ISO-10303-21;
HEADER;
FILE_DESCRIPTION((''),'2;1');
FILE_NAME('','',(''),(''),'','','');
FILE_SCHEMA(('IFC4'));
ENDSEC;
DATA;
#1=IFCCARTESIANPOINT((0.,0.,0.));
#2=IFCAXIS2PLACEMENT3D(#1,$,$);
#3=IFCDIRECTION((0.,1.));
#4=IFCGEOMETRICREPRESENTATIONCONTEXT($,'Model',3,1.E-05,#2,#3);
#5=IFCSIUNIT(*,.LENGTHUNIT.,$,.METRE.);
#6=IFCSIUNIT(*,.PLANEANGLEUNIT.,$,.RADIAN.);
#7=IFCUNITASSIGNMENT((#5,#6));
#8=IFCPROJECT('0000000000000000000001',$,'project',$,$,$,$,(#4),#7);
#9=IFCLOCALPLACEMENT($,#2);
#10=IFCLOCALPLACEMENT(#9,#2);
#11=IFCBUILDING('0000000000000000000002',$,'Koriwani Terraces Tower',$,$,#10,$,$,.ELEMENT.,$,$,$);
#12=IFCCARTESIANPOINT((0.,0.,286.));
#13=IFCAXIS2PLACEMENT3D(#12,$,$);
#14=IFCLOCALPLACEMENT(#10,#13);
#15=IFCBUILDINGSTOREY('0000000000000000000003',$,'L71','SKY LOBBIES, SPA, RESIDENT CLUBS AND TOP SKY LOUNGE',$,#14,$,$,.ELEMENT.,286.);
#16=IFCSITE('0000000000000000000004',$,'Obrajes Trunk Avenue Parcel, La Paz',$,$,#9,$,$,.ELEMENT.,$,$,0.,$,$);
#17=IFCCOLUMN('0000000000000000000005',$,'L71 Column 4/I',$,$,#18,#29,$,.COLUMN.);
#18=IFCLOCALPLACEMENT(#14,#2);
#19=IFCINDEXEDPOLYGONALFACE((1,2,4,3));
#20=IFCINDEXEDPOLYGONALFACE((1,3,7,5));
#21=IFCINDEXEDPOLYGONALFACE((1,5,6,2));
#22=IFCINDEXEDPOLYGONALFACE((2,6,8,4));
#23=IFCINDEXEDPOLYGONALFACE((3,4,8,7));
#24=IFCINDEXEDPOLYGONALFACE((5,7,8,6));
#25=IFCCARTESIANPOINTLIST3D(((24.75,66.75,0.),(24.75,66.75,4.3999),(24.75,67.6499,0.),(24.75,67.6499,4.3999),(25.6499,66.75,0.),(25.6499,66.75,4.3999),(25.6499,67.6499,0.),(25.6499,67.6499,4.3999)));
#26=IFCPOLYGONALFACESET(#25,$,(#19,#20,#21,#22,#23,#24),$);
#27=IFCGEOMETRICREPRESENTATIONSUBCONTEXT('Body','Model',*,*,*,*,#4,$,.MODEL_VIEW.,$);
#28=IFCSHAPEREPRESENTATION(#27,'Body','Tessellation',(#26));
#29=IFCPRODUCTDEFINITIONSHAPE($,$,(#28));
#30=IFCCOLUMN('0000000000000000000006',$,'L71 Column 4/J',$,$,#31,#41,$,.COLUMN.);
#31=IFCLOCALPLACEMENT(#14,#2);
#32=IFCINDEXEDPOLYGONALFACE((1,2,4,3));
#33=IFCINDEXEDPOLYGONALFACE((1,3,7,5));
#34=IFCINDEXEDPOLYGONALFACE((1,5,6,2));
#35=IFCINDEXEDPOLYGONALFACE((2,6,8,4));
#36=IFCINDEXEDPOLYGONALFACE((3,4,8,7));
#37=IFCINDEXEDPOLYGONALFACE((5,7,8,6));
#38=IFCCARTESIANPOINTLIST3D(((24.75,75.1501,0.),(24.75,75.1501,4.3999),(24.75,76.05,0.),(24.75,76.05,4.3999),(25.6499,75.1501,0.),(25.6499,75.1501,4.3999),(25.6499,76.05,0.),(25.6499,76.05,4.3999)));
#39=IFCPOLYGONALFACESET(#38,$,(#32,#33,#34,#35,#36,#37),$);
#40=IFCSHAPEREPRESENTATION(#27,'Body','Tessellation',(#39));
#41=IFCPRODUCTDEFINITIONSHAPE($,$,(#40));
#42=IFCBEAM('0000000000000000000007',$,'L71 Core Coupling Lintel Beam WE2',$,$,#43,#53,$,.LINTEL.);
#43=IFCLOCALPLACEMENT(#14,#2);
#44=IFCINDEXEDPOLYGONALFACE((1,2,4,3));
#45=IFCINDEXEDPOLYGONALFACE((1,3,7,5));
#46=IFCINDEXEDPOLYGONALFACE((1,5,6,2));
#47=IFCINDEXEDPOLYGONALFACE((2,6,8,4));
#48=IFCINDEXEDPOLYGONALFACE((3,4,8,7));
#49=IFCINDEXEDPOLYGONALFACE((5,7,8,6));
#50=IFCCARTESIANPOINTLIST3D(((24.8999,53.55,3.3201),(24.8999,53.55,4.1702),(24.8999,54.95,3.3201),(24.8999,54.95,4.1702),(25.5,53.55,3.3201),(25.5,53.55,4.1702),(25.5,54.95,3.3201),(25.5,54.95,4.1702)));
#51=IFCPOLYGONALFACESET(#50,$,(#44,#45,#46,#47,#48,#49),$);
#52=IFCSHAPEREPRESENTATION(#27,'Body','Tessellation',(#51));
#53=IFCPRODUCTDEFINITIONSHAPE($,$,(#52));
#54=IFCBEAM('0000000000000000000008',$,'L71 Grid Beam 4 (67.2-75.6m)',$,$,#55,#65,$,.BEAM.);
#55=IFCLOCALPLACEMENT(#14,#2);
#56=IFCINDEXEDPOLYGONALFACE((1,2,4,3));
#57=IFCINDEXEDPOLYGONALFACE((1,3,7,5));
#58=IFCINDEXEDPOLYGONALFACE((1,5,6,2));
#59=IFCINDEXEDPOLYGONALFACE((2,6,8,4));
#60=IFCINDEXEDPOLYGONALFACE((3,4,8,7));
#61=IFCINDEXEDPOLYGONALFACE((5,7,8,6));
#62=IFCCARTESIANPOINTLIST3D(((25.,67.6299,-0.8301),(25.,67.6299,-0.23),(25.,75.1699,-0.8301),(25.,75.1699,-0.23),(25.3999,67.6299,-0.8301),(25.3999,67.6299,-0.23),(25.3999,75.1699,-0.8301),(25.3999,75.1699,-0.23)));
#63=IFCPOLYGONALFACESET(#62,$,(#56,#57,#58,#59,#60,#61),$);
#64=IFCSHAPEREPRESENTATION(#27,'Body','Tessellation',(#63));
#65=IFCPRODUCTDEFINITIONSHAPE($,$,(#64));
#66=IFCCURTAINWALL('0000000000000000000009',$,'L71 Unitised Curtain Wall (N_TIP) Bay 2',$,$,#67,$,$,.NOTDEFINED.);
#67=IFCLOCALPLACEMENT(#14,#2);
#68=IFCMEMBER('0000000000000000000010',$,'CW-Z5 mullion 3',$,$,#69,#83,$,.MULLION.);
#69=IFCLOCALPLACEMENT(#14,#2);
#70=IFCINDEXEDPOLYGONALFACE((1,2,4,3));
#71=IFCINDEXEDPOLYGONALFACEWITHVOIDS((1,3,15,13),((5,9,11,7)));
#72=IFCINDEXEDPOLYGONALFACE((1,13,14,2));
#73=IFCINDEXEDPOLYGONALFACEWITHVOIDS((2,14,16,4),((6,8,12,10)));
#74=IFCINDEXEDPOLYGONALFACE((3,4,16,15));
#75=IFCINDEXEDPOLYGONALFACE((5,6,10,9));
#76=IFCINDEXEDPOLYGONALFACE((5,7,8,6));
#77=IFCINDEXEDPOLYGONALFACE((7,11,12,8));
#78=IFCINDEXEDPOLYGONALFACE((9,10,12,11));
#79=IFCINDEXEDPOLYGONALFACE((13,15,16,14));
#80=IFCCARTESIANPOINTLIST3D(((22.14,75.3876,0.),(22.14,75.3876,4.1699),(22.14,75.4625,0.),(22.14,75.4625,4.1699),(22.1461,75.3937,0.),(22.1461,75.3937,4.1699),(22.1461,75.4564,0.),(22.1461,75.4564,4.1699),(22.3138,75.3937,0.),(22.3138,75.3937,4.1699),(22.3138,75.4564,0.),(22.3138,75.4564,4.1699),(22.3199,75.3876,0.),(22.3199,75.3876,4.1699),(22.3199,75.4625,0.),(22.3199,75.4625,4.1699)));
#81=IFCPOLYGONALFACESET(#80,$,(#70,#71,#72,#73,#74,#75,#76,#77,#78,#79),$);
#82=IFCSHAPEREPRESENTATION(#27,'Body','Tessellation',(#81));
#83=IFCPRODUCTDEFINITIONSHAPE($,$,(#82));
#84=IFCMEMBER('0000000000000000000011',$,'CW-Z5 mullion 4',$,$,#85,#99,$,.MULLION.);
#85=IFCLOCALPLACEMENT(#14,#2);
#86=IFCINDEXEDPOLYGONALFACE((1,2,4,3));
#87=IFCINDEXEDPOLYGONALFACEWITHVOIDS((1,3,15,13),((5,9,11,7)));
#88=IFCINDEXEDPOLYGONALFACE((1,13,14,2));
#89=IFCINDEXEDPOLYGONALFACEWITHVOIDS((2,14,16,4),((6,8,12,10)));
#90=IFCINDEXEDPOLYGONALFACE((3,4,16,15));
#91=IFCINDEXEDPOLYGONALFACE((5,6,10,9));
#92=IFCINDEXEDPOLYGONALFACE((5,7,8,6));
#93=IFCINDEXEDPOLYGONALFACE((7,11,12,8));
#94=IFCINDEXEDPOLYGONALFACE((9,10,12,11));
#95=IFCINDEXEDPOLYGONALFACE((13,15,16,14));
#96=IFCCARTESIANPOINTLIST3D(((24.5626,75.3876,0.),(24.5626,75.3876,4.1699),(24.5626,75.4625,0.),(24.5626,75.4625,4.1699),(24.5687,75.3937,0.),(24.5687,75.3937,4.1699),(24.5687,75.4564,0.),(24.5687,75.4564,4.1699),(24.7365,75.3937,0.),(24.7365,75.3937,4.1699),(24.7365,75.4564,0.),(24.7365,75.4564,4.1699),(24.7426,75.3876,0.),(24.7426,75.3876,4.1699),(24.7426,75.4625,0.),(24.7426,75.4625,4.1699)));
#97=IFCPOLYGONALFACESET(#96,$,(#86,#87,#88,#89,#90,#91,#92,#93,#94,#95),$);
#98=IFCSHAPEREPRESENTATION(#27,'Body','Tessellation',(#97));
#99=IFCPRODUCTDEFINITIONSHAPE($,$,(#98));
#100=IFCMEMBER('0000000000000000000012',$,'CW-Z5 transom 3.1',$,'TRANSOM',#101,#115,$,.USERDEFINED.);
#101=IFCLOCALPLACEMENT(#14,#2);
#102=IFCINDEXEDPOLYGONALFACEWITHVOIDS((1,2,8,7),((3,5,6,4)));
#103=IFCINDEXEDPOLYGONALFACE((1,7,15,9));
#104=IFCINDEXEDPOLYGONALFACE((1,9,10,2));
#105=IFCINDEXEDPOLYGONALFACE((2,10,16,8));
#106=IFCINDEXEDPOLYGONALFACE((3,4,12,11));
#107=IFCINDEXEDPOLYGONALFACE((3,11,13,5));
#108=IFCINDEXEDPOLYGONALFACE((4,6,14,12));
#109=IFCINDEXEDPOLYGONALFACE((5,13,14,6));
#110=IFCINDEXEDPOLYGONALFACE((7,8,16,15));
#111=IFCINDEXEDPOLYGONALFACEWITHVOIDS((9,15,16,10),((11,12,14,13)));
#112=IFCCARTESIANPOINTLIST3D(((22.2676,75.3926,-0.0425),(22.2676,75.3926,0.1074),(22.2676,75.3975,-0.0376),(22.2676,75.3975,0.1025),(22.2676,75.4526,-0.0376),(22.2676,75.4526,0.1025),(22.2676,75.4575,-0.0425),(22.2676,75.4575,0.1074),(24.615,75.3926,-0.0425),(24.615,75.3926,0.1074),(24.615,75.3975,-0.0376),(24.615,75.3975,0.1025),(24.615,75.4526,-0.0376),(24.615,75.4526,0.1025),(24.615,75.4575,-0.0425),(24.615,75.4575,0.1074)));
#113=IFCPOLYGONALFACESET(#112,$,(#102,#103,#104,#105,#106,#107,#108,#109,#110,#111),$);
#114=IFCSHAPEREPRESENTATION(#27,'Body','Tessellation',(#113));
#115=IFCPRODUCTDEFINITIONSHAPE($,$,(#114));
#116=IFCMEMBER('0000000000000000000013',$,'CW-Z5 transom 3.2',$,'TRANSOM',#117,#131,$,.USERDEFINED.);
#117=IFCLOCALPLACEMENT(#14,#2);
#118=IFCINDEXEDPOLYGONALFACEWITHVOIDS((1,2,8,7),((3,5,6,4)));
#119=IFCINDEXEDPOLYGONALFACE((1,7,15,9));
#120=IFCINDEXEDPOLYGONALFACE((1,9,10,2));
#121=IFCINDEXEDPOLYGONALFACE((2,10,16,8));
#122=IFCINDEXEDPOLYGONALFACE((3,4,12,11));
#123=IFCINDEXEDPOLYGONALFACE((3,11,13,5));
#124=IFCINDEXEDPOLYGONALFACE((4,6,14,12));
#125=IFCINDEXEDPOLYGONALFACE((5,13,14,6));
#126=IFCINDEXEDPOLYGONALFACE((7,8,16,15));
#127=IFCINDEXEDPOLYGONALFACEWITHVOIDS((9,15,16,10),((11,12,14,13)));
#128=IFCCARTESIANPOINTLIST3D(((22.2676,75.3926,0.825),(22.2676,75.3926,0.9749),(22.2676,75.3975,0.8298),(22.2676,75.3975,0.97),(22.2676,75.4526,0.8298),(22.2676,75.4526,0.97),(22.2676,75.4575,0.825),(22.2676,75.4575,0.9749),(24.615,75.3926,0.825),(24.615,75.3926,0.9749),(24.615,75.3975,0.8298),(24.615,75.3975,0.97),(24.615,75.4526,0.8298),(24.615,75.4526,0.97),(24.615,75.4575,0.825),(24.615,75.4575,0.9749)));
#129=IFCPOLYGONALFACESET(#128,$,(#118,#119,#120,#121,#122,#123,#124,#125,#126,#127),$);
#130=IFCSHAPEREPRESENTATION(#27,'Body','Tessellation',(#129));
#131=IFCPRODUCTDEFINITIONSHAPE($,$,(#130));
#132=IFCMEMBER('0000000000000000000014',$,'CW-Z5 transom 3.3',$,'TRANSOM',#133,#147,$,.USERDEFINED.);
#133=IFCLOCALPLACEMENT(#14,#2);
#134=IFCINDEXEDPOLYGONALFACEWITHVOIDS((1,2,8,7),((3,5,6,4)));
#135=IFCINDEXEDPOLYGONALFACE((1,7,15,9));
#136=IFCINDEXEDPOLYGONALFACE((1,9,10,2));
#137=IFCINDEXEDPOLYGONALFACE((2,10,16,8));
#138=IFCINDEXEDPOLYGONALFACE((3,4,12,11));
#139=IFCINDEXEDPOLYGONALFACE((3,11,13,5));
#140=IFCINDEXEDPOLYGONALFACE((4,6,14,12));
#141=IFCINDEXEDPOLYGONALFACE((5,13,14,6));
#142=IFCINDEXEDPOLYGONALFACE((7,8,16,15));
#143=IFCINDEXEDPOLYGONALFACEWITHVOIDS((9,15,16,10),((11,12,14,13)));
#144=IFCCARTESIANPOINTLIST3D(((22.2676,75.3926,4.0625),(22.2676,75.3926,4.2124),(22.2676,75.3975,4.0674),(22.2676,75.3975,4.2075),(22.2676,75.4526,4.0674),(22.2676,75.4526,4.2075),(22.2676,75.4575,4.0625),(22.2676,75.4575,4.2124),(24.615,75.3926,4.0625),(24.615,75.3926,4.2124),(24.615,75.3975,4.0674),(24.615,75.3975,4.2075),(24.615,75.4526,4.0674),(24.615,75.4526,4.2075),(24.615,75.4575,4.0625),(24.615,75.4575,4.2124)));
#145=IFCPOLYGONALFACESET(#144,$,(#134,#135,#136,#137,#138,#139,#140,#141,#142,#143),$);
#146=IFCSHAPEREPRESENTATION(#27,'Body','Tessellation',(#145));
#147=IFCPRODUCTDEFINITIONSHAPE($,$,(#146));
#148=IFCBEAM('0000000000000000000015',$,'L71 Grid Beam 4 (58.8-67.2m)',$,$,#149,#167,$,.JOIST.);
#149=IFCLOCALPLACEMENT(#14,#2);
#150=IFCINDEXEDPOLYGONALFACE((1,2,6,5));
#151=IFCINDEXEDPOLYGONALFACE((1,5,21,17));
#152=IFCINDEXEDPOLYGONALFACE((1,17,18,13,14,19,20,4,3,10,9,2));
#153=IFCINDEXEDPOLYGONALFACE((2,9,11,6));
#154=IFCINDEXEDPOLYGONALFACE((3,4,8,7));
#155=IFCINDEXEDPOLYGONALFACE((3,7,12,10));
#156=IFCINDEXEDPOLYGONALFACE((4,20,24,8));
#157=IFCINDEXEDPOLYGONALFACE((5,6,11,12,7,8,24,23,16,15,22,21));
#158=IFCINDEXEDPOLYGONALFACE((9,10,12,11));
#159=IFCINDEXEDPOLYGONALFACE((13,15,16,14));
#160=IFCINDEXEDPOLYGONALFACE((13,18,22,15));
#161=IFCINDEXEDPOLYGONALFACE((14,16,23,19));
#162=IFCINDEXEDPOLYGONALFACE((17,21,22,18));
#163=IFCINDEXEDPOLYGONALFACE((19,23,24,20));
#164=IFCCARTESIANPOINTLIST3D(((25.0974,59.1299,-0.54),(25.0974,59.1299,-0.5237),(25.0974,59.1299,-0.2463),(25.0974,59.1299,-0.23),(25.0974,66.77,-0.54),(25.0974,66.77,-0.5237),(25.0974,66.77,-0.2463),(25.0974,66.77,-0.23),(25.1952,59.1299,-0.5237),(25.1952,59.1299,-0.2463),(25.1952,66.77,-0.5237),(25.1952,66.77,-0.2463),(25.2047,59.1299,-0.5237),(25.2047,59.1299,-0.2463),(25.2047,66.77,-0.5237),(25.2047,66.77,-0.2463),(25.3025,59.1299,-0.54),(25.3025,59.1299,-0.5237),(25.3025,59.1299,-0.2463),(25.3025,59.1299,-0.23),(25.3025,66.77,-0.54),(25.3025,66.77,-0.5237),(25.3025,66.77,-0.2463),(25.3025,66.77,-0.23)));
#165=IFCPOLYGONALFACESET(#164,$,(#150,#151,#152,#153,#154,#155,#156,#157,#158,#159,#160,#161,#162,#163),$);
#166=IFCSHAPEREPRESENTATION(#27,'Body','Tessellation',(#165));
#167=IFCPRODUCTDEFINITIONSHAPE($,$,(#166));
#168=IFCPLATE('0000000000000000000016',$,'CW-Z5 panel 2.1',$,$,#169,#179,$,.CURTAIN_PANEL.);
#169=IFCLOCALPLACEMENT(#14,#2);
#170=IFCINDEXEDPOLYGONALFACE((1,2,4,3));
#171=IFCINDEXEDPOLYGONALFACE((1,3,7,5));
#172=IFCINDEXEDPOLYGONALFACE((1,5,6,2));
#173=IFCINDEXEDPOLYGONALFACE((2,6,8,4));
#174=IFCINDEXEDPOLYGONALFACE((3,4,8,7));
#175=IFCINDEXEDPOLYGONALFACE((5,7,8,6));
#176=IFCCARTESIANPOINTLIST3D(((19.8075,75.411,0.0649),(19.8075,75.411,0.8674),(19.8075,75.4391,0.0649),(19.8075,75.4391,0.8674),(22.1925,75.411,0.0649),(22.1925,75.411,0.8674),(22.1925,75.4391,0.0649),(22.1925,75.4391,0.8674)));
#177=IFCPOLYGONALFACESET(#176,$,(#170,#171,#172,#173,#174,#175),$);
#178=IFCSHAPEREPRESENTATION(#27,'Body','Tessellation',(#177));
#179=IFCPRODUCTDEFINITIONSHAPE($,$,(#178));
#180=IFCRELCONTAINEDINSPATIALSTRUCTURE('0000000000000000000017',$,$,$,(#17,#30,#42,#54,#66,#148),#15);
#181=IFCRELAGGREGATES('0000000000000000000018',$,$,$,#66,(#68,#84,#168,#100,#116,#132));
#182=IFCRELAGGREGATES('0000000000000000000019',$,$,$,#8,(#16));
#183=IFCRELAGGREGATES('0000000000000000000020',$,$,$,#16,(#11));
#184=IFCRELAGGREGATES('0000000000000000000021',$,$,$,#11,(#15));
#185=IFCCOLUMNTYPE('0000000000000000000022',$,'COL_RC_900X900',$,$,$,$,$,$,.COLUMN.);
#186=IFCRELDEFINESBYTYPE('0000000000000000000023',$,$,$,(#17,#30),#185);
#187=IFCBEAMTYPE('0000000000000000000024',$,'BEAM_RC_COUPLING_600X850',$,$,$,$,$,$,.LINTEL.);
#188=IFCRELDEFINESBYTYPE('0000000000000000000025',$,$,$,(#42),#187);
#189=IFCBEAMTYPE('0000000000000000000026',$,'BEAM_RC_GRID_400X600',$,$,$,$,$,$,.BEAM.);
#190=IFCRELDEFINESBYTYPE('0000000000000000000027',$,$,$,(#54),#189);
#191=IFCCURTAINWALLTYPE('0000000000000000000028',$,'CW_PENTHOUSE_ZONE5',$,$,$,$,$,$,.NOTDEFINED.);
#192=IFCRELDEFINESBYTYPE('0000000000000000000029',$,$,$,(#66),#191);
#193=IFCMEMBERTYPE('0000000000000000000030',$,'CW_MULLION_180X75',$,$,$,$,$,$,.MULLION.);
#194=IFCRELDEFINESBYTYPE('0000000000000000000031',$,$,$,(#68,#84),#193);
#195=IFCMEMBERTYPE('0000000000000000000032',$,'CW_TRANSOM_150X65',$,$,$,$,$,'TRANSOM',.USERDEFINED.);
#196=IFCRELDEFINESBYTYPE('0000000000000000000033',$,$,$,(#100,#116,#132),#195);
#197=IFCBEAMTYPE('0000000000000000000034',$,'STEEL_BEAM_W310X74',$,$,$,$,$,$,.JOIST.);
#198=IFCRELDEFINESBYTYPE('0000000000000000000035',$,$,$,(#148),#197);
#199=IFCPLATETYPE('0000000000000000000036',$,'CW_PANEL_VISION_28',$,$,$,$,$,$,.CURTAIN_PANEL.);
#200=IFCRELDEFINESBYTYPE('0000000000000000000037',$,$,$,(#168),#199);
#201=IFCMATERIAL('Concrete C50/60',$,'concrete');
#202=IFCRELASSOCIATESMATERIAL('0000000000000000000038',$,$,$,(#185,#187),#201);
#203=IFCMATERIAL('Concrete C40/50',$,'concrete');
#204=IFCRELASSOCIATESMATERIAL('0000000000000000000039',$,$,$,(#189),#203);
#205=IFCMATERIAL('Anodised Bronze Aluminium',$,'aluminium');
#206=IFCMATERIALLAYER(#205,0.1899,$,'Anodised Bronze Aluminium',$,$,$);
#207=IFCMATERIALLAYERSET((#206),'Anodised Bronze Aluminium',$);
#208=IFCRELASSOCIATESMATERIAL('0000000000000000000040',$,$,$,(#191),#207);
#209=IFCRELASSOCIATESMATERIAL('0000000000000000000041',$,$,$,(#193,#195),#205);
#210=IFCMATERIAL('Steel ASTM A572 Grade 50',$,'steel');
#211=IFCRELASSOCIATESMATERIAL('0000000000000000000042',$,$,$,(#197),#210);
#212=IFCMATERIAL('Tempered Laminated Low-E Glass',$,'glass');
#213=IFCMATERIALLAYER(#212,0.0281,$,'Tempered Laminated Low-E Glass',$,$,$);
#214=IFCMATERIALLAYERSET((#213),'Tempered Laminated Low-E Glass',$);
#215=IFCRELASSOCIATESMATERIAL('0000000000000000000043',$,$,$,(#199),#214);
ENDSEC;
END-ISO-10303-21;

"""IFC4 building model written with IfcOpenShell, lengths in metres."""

from ifc_helpers import new_model, si_unit, direction, frame, origin, origin_2d, place, context, subcontext, project, spatial, rectangle, hollow_rectangle, i_section, extrude, material, layer, layer_set, material_profile, profile_set, type_object, element, aggregate, save


model = new_model("IFC4")

# Units and contexts
model_context = context("Model", 3, precision=1e-05, world=origin(), true_north=direction((0.0, 1.0)))
body_context = subcontext(model_context, "Body", "Model", "MODEL_VIEW")
ifc_project = project(units=[si_unit("LENGTHUNIT", "METRE"), si_unit("PLANEANGLEUNIT", "RADIAN")], contexts=[model_context])

# Site, building, storey
site_placement = place(None, origin())
site = spatial("IfcSite", under=ifc_project, at=site_placement, Name="Obrajes Trunk Avenue Parcel, La Paz", CompositionType="ELEMENT", RefElevation=0.0)
building_placement = place(site_placement, origin())
building = spatial("IfcBuilding", under=site, at=building_placement, Name="Koriwani Terraces Tower", CompositionType="ELEMENT")
storey_placement = place(building_placement, frame((0.0, 0.0, 286.0)))
storey = spatial("IfcBuildingStorey", under=building, at=storey_placement, Name="L71", Description="SKY LOBBIES, SPA, RESIDENT CLUBS AND TOP SKY LOUNGE", CompositionType="ELEMENT", Elevation=286.0)

# Columns
ifc_material_1 = material(Name="Concrete C50/60", Category="concrete")
ifc_material_profile_1 = material_profile(ifc_material_1, rectangle(XDim=0.8999, YDim=0.8999, at=origin_2d()), Name="Concrete C50/60", Category="LoadBearing")
ifc_profile_set_1 = profile_set([ifc_material_profile_1], Name="Concrete C50/60")
column_type = type_object("IfcColumnType", Name="COL_RC_900X900", PredefinedType="COLUMN", material=ifc_profile_set_1)
for number, where, z_axis, x_axis, name in (
    (1, (25.2, 67.2, 0.0), (0.0, 0.0, 1.0), (1.0, 0.0, 0.0), "L71 Column 4/I"),
    (2, (25.2, 75.6001, 0.0), (0.0, 0.0, 1.0), (1.0, 0.0, 0.0), "L71 Column 4/J"),
):
    element("IfcColumn", number, at=place(storey_placement, frame(where, z_axis=z_axis, x_axis=x_axis)), inside=storey, type_object=column_type, Name=name, PredefinedType="COLUMN", context=body_context, shape_type="SweptSolid", body=[
        extrude(rectangle(XDim=0.8999, YDim=0.8999, at=origin_2d()), origin(), (0.0, 0.0, 1.0), 4.3999),
    ])

# Beams
ifc_material_profile_2 = material_profile(ifc_material_1, rectangle(XDim=0.6001, YDim=0.8501, at=origin_2d()), Name="Concrete C50/60", Category="LoadBearing")
ifc_profile_set_2 = profile_set([ifc_material_profile_2], Name="Concrete C50/60")
beam_type_1 = type_object("IfcBeamType", Name="BEAM_RC_COUPLING_600X850", PredefinedType="LINTEL", material=ifc_profile_set_2)
beam_1_placement = place(storey_placement, frame((25.2, 53.55, 3.7451), z_axis=(0.0, 1.0, 0.0), x_axis=(-1.0, 0.0, 0.0)))
element("IfcBeam", 3, at=beam_1_placement, inside=storey, type_object=beam_type_1, Name="L71 Core Coupling Lintel Beam WE2", PredefinedType="LINTEL", context=body_context, shape_type="SweptSolid", body=[
    extrude(rectangle(XDim=0.6001, YDim=0.8501, at=origin_2d()), origin(), (0.0, 0.0, 1.0), 1.3999),
])
ifc_material_2 = material(Name="Concrete C40/50", Category="concrete")
ifc_material_profile_3 = material_profile(ifc_material_2, rectangle(XDim=0.3999, YDim=0.6001, at=origin_2d()), Name="Concrete C40/50", Category="LoadBearing")
ifc_profile_set_3 = profile_set([ifc_material_profile_3], Name="Concrete C40/50")
beam_type_2 = type_object("IfcBeamType", Name="BEAM_RC_GRID_400X600", PredefinedType="BEAM", material=ifc_profile_set_3)
beam_2_placement = place(storey_placement, frame((25.2, 67.6299, -0.53), z_axis=(0.0, 1.0, 0.0), x_axis=(-1.0, 0.0, 0.0)))
element("IfcBeam", 4, at=beam_2_placement, inside=storey, type_object=beam_type_2, Name="L71 Grid Beam 4 (67.2-75.6m)", PredefinedType="BEAM", context=body_context, shape_type="SweptSolid", body=[
    extrude(rectangle(XDim=0.3999, YDim=0.6001, at=origin_2d()), origin(), (0.0, 0.0, 1.0), 7.54),
])

# Curtain wall, members
ifc_material_3 = material(Name="Anodised Bronze Aluminium", Category="aluminium")
ifc_layer_1 = layer(ifc_material_3, 0.1899, Name="Anodised Bronze Aluminium")
ifc_layer_set_1 = layer_set([ifc_layer_1], Name="Anodised Bronze Aluminium")
curtain_wall_type = type_object("IfcCurtainWallType", Name="CW_PENTHOUSE_ZONE5", PredefinedType="NOTDEFINED", material=ifc_layer_set_1)
curtain_wall_placement = place(storey_placement, origin())
curtain_wall = element("IfcCurtainWall", 5, at=curtain_wall_placement, inside=storey, type_object=curtain_wall_type, Name="L71 Unitised Curtain Wall (N_TIP) Bay 2", PredefinedType="NOTDEFINED")
ifc_material_profile_4 = material_profile(ifc_material_3, hollow_rectangle(XDim=0.075, YDim=0.1799, WallThickness=0.0061, at=origin_2d()), Name="Anodised Bronze Aluminium", Category="LoadBearing")
ifc_profile_set_4 = profile_set([ifc_material_profile_4], Name="Anodised Bronze Aluminium")
member_type_1 = type_object("IfcMemberType", Name="CW_MULLION_180X75", PredefinedType="MULLION", material=ifc_profile_set_4)
member_1_placement = place(storey_placement, frame((22.23, 75.425, 0.0), z_axis=(0.0, 0.0, 1.0), x_axis=(0.0, 1.0, 0.0)))
member_1 = element("IfcMember", 6, at=member_1_placement, type_object=member_type_1, Name="CW-Z5 mullion 3", PredefinedType="MULLION", context=body_context, shape_type="SweptSolid", body=[
    extrude(hollow_rectangle(XDim=0.075, YDim=0.1799, WallThickness=0.0061, at=origin_2d()), origin(), (0.0, 0.0, 1.0), 4.1699),
])
member_2_placement = place(storey_placement, frame((24.6526, 75.425, 0.0), z_axis=(0.0, 0.0, 1.0), x_axis=(0.0, 1.0, 0.0)))
member_2 = element("IfcMember", 7, at=member_2_placement, type_object=member_type_1, Name="CW-Z5 mullion 4", PredefinedType="MULLION", context=body_context, shape_type="SweptSolid", body=[
    extrude(hollow_rectangle(XDim=0.075, YDim=0.1799, WallThickness=0.0061, at=origin_2d()), origin(), (0.0, 0.0, 1.0), 4.1699),
])
ifc_material_profile_5 = material_profile(ifc_material_3, hollow_rectangle(XDim=0.0649, YDim=0.1499, WallThickness=0.0049, at=origin_2d()), Name="Anodised Bronze Aluminium", Category="LoadBearing")
ifc_profile_set_5 = profile_set([ifc_material_profile_5], Name="Anodised Bronze Aluminium")
member_type_2 = type_object("IfcMemberType", Name="CW_TRANSOM_150X65", ElementType="TRANSOM", PredefinedType="USERDEFINED", material=ifc_profile_set_5)
member_3_placement = place(storey_placement, frame((22.2676, 75.425, 0.0325), z_axis=(1.0, 0.0, 0.0), x_axis=(0.0, 1.0, 0.0)))
member_3 = element("IfcMember", 8, at=member_3_placement, type_object=member_type_2, Name="CW-Z5 transom 3.1", ObjectType="TRANSOM", PredefinedType="USERDEFINED", context=body_context, shape_type="SweptSolid", body=[
    extrude(hollow_rectangle(XDim=0.0649, YDim=0.1499, WallThickness=0.0049, at=origin_2d()), origin(), (0.0, 0.0, 1.0), 2.3474),
])
member_4_placement = place(storey_placement, frame((22.2676, 75.425, 0.8999), z_axis=(1.0, 0.0, 0.0), x_axis=(0.0, 1.0, 0.0)))
member_4 = element("IfcMember", 9, at=member_4_placement, type_object=member_type_2, Name="CW-Z5 transom 3.2", ObjectType="TRANSOM", PredefinedType="USERDEFINED", context=body_context, shape_type="SweptSolid", body=[
    extrude(hollow_rectangle(XDim=0.0649, YDim=0.1499, WallThickness=0.0049, at=origin_2d()), origin(), (0.0, 0.0, 1.0), 2.3474),
])
member_5_placement = place(storey_placement, frame((22.2676, 75.425, 4.1375), z_axis=(1.0, 0.0, 0.0), x_axis=(0.0, 1.0, 0.0)))
member_5 = element("IfcMember", 10, at=member_5_placement, type_object=member_type_2, Name="CW-Z5 transom 3.3", ObjectType="TRANSOM", PredefinedType="USERDEFINED", context=body_context, shape_type="SweptSolid", body=[
    extrude(hollow_rectangle(XDim=0.0649, YDim=0.1499, WallThickness=0.0049, at=origin_2d()), origin(), (0.0, 0.0, 1.0), 2.3474),
])

# Beam
ifc_material_4 = material(Name="Steel ASTM A572 Grade 50", Category="steel")
ifc_material_profile_6 = material_profile(ifc_material_4, i_section(OverallWidth=0.2051, OverallDepth=0.3101, WebThickness=0.0095, FlangeThickness=0.0164, at=origin_2d()), Name="Steel ASTM A572 Grade 50", Category="LoadBearing")
ifc_profile_set_6 = profile_set([ifc_material_profile_6], Name="Steel ASTM A572 Grade 50")
beam_type_3 = type_object("IfcBeamType", Name="STEEL_BEAM_W310X74", PredefinedType="JOIST", material=ifc_profile_set_6)
beam_3_placement = place(storey_placement, frame((25.2, 59.1299, -0.385), z_axis=(0.0, 1.0, 0.0), x_axis=(-1.0, 0.0, 0.0)))
element("IfcBeam", 11, at=beam_3_placement, inside=storey, type_object=beam_type_3, Name="L71 Grid Beam 4 (58.8-67.2m)", PredefinedType="JOIST", context=body_context, shape_type="SweptSolid", body=[
    extrude(i_section(OverallWidth=0.2051, OverallDepth=0.3101, WebThickness=0.0095, FlangeThickness=0.0164, at=origin_2d()), origin(), (0.0, 0.0, 1.0), 7.6401),
])

# Plate
ifc_material_5 = material(Name="Tempered Laminated Low-E Glass", Category="glass")
ifc_layer_2 = layer(ifc_material_5, 0.0281, Name="Tempered Laminated Low-E Glass")
ifc_layer_set_2 = layer_set([ifc_layer_2], Name="Tempered Laminated Low-E Glass")
plate_type = type_object("IfcPlateType", Name="CW_PANEL_VISION_28", PredefinedType="CURTAIN_PANEL", material=ifc_layer_set_2)
plate_1_placement = place(storey_placement, frame((21.0, 75.425, 0.0649), z_axis=(0.0, 0.0, 1.0), x_axis=(1.0, 0.0, 0.0)))
plate_1 = element("IfcPlate", 12, at=plate_1_placement, type_object=plate_type, Name="CW-Z5 panel 2.1", PredefinedType="CURTAIN_PANEL", context=body_context, shape_type="SweptSolid", body=[
    extrude(rectangle(XDim=2.385, YDim=0.0281, at=origin_2d()), origin(), (0.0, 0.0, 1.0), 0.8025),
])
aggregate(curtain_wall, [member_1, member_2, plate_1, member_3, member_4, member_5])

save(model, "model.ifc")
